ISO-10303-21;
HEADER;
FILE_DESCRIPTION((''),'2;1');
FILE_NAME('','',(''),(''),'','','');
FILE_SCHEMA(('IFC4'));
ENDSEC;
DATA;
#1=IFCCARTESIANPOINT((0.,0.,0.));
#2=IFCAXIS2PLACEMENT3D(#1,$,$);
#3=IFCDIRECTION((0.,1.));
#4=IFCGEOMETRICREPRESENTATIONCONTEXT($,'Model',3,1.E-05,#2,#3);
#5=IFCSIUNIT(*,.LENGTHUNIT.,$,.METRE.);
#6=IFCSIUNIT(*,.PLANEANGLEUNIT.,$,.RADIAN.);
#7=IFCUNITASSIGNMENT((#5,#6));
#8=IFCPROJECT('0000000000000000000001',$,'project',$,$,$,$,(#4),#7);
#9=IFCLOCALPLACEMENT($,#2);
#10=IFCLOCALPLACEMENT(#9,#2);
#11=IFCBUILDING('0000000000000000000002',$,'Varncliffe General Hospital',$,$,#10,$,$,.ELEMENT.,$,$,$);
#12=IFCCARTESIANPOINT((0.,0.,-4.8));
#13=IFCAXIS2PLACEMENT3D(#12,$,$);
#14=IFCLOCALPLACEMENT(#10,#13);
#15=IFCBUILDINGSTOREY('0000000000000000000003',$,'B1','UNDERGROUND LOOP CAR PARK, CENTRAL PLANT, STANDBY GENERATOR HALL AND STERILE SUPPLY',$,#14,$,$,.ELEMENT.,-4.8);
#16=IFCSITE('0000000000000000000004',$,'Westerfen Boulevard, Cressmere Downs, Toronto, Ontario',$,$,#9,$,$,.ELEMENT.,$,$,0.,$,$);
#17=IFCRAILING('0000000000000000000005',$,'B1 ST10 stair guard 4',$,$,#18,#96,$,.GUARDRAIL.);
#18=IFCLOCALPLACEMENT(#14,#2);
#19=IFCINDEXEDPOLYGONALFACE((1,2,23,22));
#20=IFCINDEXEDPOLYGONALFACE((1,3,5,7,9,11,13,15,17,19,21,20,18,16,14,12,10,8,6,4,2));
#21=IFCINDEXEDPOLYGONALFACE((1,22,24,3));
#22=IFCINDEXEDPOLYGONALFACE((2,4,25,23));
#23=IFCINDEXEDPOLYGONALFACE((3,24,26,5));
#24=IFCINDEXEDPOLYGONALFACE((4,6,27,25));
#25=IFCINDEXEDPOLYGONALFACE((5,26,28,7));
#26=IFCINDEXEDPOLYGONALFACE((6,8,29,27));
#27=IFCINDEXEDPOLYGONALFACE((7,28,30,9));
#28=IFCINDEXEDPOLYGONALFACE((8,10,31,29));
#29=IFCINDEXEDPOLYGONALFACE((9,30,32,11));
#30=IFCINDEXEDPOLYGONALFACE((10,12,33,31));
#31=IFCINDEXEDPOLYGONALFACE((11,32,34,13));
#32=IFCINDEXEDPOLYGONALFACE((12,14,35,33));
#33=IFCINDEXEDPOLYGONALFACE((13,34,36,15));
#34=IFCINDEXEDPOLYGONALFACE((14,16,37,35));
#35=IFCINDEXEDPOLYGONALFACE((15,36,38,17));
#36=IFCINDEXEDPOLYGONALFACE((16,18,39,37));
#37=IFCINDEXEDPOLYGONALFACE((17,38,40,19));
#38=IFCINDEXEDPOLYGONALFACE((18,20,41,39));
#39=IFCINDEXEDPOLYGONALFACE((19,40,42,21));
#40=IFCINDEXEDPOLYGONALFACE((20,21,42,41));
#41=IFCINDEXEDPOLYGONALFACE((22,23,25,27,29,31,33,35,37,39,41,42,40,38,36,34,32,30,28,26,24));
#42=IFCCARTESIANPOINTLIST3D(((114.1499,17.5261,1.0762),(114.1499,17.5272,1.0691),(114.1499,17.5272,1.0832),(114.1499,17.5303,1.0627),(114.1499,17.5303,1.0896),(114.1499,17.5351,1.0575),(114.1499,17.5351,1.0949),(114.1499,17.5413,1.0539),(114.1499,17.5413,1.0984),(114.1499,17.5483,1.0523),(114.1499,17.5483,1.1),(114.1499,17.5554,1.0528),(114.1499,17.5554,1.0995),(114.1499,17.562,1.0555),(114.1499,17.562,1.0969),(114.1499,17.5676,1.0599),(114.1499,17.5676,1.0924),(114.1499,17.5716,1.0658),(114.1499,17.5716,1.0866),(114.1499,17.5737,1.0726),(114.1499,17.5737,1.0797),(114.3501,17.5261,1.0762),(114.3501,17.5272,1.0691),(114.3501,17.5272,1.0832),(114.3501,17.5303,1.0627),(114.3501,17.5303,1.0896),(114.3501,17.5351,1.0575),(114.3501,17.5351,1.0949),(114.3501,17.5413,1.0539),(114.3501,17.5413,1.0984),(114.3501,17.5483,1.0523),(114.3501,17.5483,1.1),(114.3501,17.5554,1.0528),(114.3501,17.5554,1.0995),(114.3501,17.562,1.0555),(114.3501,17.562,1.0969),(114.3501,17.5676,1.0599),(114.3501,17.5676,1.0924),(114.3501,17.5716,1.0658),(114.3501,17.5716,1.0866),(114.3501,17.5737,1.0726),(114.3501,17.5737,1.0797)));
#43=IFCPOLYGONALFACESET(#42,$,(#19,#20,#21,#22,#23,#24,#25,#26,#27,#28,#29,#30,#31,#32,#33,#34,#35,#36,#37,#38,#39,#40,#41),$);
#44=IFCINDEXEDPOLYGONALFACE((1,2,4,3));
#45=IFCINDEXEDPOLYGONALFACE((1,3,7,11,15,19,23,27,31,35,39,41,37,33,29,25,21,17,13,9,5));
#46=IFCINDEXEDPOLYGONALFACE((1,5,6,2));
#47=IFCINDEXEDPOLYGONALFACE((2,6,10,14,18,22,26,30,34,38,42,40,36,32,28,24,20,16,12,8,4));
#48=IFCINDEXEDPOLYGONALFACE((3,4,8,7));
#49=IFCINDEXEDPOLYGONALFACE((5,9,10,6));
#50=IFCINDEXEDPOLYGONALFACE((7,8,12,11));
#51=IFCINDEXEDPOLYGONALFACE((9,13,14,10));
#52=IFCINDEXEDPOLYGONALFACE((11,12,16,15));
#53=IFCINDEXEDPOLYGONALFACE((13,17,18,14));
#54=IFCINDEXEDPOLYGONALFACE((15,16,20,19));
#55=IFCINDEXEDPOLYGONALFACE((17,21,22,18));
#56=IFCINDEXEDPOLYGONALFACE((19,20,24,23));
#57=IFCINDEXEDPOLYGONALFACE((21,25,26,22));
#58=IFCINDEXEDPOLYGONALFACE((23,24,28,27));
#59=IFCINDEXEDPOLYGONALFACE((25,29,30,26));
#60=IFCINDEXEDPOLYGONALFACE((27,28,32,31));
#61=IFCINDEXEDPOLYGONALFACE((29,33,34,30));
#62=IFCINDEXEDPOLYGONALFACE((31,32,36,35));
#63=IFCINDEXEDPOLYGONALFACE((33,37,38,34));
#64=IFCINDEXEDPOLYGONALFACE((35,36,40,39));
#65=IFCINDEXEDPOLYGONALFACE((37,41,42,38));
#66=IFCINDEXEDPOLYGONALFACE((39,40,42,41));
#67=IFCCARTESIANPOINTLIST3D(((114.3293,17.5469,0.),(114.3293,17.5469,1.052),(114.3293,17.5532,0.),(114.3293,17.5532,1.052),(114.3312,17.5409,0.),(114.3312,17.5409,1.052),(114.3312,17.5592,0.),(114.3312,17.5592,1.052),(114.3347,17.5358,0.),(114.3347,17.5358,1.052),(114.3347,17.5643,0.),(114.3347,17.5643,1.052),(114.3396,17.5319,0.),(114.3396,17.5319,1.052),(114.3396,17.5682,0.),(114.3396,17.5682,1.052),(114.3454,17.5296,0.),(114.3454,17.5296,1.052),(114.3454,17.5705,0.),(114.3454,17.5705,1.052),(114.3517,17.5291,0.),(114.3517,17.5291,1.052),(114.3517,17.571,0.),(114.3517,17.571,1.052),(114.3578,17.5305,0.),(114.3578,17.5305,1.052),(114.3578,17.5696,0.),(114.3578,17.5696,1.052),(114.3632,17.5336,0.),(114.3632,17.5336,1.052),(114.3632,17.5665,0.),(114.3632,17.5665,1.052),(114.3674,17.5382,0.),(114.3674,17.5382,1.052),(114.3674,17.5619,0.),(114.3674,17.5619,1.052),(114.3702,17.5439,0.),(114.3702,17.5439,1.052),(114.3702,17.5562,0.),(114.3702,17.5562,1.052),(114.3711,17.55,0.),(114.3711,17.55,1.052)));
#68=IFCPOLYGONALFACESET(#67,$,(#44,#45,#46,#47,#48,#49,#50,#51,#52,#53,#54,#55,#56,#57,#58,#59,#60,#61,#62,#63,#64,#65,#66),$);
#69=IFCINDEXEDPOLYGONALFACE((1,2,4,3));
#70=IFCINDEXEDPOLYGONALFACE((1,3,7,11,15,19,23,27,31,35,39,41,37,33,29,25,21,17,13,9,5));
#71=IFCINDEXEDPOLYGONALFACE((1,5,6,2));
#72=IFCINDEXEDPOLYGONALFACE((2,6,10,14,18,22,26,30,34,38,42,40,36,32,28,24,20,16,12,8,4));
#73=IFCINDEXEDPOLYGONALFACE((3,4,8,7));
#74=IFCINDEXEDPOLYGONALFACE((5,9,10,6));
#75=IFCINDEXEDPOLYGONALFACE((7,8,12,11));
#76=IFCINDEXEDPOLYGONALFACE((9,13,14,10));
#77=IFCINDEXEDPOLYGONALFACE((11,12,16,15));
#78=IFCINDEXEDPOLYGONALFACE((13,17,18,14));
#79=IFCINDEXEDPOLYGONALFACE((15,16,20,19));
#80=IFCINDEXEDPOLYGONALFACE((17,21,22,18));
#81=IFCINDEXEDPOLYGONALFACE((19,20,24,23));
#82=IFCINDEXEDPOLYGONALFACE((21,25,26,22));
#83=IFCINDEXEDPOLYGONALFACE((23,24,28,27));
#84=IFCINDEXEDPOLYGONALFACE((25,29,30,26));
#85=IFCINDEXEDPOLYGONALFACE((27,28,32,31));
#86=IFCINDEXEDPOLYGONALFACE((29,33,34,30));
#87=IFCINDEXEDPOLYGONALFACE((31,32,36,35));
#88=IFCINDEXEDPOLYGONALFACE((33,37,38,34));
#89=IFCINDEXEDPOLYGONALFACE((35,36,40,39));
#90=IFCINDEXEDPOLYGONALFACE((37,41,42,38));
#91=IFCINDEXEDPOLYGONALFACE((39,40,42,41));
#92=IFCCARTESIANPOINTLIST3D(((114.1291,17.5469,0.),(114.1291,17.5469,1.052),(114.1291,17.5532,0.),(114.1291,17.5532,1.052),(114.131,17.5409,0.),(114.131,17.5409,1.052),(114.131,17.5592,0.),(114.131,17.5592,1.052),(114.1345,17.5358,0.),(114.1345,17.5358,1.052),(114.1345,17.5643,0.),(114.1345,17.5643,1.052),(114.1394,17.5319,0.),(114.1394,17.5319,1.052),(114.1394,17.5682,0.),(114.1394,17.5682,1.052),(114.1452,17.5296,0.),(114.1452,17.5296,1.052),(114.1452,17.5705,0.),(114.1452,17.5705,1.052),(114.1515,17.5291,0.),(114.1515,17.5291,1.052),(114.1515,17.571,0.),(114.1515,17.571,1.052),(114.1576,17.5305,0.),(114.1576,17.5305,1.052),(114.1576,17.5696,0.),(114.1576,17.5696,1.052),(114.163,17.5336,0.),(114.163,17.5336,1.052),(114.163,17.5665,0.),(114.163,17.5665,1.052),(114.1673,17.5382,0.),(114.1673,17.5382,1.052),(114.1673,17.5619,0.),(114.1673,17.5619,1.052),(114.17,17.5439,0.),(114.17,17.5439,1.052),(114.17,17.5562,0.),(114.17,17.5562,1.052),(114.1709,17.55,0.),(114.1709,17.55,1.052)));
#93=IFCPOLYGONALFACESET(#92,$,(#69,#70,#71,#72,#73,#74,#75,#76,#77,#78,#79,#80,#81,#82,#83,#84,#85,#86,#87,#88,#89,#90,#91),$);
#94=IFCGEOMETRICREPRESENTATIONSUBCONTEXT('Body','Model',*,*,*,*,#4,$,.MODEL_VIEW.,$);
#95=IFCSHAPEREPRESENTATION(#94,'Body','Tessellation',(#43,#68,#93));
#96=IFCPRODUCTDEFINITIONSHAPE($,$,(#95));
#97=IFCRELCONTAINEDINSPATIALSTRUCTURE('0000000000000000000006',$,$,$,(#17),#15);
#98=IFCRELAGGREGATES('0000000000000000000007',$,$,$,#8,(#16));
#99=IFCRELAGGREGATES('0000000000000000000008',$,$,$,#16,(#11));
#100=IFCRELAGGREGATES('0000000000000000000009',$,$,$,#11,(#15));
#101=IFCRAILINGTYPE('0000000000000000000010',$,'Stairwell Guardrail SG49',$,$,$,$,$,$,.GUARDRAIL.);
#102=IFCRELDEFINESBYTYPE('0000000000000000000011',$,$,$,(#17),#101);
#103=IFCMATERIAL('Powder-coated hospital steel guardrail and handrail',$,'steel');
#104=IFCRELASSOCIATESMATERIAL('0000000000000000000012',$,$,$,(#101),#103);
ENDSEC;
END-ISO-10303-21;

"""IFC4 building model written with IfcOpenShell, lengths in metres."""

from ifc_helpers import new_model, si_unit, direction, frame, origin, origin_2d, place, context, subcontext, project, spatial, circle, extrude, material, type_object, element, save


model = new_model("IFC4")

# Units and contexts
model_context = context("Model", 3, precision=1e-05, world=origin(), true_north=direction((0.0, 1.0)))
body_context = subcontext(model_context, "Body", "Model", "MODEL_VIEW")
ifc_project = project(units=[si_unit("LENGTHUNIT", "METRE"), si_unit("PLANEANGLEUNIT", "RADIAN")], contexts=[model_context])

# Site, building, storey
site_placement = place(None, origin())
site = spatial("IfcSite", under=ifc_project, at=site_placement, Name="Westerfen Boulevard, Cressmere Downs, Toronto, Ontario", CompositionType="ELEMENT", RefElevation=0.0)
building_placement = place(site_placement, origin())
building = spatial("IfcBuilding", under=site, at=building_placement, Name="Varncliffe General Hospital", CompositionType="ELEMENT")
storey_placement = place(building_placement, frame((0.0, 0.0, -4.8)))
storey = spatial("IfcBuildingStorey", under=building, at=storey_placement, Name="B1", Description="UNDERGROUND LOOP CAR PARK, CENTRAL PLANT, STANDBY GENERATOR HALL AND STERILE SUPPLY", CompositionType="ELEMENT", Elevation=-4.8)

# Railing
ifc_material_1 = material(Name="Powder-coated hospital steel guardrail and handrail", Category="steel")
railing_type = type_object("IfcRailingType", Name="Stairwell Guardrail SG49", PredefinedType="GUARDRAIL", material=ifc_material_1)
railing_1_placement = place(storey_placement, frame((114.3501, 17.55, 0.0)))
element("IfcRailing", 1, at=railing_1_placement, inside=storey, type_object=railing_type, Name="B1 ST10 stair guard 4", PredefinedType="GUARDRAIL", context=body_context, shape_type="SweptSolid", body=[
    extrude(circle(Radius=0.0239, at=origin_2d()), frame((0.0, 0.0, 1.0762), z_axis=(-1.0, 0.0, 0.0), x_axis=(0.0, -1.0, 0.0)), (0.0, 0.0, 1.0), 0.2002),
    extrude(circle(Radius=0.021, at=origin_2d()), origin(), (0.0, 0.0, 1.0), 1.052),
    extrude(circle(Radius=0.021, at=origin_2d()), frame((-0.2002, 0.0, 0.0)), (0.0, 0.0, 1.0), 1.052),
])

save(model, "model.ifc")
